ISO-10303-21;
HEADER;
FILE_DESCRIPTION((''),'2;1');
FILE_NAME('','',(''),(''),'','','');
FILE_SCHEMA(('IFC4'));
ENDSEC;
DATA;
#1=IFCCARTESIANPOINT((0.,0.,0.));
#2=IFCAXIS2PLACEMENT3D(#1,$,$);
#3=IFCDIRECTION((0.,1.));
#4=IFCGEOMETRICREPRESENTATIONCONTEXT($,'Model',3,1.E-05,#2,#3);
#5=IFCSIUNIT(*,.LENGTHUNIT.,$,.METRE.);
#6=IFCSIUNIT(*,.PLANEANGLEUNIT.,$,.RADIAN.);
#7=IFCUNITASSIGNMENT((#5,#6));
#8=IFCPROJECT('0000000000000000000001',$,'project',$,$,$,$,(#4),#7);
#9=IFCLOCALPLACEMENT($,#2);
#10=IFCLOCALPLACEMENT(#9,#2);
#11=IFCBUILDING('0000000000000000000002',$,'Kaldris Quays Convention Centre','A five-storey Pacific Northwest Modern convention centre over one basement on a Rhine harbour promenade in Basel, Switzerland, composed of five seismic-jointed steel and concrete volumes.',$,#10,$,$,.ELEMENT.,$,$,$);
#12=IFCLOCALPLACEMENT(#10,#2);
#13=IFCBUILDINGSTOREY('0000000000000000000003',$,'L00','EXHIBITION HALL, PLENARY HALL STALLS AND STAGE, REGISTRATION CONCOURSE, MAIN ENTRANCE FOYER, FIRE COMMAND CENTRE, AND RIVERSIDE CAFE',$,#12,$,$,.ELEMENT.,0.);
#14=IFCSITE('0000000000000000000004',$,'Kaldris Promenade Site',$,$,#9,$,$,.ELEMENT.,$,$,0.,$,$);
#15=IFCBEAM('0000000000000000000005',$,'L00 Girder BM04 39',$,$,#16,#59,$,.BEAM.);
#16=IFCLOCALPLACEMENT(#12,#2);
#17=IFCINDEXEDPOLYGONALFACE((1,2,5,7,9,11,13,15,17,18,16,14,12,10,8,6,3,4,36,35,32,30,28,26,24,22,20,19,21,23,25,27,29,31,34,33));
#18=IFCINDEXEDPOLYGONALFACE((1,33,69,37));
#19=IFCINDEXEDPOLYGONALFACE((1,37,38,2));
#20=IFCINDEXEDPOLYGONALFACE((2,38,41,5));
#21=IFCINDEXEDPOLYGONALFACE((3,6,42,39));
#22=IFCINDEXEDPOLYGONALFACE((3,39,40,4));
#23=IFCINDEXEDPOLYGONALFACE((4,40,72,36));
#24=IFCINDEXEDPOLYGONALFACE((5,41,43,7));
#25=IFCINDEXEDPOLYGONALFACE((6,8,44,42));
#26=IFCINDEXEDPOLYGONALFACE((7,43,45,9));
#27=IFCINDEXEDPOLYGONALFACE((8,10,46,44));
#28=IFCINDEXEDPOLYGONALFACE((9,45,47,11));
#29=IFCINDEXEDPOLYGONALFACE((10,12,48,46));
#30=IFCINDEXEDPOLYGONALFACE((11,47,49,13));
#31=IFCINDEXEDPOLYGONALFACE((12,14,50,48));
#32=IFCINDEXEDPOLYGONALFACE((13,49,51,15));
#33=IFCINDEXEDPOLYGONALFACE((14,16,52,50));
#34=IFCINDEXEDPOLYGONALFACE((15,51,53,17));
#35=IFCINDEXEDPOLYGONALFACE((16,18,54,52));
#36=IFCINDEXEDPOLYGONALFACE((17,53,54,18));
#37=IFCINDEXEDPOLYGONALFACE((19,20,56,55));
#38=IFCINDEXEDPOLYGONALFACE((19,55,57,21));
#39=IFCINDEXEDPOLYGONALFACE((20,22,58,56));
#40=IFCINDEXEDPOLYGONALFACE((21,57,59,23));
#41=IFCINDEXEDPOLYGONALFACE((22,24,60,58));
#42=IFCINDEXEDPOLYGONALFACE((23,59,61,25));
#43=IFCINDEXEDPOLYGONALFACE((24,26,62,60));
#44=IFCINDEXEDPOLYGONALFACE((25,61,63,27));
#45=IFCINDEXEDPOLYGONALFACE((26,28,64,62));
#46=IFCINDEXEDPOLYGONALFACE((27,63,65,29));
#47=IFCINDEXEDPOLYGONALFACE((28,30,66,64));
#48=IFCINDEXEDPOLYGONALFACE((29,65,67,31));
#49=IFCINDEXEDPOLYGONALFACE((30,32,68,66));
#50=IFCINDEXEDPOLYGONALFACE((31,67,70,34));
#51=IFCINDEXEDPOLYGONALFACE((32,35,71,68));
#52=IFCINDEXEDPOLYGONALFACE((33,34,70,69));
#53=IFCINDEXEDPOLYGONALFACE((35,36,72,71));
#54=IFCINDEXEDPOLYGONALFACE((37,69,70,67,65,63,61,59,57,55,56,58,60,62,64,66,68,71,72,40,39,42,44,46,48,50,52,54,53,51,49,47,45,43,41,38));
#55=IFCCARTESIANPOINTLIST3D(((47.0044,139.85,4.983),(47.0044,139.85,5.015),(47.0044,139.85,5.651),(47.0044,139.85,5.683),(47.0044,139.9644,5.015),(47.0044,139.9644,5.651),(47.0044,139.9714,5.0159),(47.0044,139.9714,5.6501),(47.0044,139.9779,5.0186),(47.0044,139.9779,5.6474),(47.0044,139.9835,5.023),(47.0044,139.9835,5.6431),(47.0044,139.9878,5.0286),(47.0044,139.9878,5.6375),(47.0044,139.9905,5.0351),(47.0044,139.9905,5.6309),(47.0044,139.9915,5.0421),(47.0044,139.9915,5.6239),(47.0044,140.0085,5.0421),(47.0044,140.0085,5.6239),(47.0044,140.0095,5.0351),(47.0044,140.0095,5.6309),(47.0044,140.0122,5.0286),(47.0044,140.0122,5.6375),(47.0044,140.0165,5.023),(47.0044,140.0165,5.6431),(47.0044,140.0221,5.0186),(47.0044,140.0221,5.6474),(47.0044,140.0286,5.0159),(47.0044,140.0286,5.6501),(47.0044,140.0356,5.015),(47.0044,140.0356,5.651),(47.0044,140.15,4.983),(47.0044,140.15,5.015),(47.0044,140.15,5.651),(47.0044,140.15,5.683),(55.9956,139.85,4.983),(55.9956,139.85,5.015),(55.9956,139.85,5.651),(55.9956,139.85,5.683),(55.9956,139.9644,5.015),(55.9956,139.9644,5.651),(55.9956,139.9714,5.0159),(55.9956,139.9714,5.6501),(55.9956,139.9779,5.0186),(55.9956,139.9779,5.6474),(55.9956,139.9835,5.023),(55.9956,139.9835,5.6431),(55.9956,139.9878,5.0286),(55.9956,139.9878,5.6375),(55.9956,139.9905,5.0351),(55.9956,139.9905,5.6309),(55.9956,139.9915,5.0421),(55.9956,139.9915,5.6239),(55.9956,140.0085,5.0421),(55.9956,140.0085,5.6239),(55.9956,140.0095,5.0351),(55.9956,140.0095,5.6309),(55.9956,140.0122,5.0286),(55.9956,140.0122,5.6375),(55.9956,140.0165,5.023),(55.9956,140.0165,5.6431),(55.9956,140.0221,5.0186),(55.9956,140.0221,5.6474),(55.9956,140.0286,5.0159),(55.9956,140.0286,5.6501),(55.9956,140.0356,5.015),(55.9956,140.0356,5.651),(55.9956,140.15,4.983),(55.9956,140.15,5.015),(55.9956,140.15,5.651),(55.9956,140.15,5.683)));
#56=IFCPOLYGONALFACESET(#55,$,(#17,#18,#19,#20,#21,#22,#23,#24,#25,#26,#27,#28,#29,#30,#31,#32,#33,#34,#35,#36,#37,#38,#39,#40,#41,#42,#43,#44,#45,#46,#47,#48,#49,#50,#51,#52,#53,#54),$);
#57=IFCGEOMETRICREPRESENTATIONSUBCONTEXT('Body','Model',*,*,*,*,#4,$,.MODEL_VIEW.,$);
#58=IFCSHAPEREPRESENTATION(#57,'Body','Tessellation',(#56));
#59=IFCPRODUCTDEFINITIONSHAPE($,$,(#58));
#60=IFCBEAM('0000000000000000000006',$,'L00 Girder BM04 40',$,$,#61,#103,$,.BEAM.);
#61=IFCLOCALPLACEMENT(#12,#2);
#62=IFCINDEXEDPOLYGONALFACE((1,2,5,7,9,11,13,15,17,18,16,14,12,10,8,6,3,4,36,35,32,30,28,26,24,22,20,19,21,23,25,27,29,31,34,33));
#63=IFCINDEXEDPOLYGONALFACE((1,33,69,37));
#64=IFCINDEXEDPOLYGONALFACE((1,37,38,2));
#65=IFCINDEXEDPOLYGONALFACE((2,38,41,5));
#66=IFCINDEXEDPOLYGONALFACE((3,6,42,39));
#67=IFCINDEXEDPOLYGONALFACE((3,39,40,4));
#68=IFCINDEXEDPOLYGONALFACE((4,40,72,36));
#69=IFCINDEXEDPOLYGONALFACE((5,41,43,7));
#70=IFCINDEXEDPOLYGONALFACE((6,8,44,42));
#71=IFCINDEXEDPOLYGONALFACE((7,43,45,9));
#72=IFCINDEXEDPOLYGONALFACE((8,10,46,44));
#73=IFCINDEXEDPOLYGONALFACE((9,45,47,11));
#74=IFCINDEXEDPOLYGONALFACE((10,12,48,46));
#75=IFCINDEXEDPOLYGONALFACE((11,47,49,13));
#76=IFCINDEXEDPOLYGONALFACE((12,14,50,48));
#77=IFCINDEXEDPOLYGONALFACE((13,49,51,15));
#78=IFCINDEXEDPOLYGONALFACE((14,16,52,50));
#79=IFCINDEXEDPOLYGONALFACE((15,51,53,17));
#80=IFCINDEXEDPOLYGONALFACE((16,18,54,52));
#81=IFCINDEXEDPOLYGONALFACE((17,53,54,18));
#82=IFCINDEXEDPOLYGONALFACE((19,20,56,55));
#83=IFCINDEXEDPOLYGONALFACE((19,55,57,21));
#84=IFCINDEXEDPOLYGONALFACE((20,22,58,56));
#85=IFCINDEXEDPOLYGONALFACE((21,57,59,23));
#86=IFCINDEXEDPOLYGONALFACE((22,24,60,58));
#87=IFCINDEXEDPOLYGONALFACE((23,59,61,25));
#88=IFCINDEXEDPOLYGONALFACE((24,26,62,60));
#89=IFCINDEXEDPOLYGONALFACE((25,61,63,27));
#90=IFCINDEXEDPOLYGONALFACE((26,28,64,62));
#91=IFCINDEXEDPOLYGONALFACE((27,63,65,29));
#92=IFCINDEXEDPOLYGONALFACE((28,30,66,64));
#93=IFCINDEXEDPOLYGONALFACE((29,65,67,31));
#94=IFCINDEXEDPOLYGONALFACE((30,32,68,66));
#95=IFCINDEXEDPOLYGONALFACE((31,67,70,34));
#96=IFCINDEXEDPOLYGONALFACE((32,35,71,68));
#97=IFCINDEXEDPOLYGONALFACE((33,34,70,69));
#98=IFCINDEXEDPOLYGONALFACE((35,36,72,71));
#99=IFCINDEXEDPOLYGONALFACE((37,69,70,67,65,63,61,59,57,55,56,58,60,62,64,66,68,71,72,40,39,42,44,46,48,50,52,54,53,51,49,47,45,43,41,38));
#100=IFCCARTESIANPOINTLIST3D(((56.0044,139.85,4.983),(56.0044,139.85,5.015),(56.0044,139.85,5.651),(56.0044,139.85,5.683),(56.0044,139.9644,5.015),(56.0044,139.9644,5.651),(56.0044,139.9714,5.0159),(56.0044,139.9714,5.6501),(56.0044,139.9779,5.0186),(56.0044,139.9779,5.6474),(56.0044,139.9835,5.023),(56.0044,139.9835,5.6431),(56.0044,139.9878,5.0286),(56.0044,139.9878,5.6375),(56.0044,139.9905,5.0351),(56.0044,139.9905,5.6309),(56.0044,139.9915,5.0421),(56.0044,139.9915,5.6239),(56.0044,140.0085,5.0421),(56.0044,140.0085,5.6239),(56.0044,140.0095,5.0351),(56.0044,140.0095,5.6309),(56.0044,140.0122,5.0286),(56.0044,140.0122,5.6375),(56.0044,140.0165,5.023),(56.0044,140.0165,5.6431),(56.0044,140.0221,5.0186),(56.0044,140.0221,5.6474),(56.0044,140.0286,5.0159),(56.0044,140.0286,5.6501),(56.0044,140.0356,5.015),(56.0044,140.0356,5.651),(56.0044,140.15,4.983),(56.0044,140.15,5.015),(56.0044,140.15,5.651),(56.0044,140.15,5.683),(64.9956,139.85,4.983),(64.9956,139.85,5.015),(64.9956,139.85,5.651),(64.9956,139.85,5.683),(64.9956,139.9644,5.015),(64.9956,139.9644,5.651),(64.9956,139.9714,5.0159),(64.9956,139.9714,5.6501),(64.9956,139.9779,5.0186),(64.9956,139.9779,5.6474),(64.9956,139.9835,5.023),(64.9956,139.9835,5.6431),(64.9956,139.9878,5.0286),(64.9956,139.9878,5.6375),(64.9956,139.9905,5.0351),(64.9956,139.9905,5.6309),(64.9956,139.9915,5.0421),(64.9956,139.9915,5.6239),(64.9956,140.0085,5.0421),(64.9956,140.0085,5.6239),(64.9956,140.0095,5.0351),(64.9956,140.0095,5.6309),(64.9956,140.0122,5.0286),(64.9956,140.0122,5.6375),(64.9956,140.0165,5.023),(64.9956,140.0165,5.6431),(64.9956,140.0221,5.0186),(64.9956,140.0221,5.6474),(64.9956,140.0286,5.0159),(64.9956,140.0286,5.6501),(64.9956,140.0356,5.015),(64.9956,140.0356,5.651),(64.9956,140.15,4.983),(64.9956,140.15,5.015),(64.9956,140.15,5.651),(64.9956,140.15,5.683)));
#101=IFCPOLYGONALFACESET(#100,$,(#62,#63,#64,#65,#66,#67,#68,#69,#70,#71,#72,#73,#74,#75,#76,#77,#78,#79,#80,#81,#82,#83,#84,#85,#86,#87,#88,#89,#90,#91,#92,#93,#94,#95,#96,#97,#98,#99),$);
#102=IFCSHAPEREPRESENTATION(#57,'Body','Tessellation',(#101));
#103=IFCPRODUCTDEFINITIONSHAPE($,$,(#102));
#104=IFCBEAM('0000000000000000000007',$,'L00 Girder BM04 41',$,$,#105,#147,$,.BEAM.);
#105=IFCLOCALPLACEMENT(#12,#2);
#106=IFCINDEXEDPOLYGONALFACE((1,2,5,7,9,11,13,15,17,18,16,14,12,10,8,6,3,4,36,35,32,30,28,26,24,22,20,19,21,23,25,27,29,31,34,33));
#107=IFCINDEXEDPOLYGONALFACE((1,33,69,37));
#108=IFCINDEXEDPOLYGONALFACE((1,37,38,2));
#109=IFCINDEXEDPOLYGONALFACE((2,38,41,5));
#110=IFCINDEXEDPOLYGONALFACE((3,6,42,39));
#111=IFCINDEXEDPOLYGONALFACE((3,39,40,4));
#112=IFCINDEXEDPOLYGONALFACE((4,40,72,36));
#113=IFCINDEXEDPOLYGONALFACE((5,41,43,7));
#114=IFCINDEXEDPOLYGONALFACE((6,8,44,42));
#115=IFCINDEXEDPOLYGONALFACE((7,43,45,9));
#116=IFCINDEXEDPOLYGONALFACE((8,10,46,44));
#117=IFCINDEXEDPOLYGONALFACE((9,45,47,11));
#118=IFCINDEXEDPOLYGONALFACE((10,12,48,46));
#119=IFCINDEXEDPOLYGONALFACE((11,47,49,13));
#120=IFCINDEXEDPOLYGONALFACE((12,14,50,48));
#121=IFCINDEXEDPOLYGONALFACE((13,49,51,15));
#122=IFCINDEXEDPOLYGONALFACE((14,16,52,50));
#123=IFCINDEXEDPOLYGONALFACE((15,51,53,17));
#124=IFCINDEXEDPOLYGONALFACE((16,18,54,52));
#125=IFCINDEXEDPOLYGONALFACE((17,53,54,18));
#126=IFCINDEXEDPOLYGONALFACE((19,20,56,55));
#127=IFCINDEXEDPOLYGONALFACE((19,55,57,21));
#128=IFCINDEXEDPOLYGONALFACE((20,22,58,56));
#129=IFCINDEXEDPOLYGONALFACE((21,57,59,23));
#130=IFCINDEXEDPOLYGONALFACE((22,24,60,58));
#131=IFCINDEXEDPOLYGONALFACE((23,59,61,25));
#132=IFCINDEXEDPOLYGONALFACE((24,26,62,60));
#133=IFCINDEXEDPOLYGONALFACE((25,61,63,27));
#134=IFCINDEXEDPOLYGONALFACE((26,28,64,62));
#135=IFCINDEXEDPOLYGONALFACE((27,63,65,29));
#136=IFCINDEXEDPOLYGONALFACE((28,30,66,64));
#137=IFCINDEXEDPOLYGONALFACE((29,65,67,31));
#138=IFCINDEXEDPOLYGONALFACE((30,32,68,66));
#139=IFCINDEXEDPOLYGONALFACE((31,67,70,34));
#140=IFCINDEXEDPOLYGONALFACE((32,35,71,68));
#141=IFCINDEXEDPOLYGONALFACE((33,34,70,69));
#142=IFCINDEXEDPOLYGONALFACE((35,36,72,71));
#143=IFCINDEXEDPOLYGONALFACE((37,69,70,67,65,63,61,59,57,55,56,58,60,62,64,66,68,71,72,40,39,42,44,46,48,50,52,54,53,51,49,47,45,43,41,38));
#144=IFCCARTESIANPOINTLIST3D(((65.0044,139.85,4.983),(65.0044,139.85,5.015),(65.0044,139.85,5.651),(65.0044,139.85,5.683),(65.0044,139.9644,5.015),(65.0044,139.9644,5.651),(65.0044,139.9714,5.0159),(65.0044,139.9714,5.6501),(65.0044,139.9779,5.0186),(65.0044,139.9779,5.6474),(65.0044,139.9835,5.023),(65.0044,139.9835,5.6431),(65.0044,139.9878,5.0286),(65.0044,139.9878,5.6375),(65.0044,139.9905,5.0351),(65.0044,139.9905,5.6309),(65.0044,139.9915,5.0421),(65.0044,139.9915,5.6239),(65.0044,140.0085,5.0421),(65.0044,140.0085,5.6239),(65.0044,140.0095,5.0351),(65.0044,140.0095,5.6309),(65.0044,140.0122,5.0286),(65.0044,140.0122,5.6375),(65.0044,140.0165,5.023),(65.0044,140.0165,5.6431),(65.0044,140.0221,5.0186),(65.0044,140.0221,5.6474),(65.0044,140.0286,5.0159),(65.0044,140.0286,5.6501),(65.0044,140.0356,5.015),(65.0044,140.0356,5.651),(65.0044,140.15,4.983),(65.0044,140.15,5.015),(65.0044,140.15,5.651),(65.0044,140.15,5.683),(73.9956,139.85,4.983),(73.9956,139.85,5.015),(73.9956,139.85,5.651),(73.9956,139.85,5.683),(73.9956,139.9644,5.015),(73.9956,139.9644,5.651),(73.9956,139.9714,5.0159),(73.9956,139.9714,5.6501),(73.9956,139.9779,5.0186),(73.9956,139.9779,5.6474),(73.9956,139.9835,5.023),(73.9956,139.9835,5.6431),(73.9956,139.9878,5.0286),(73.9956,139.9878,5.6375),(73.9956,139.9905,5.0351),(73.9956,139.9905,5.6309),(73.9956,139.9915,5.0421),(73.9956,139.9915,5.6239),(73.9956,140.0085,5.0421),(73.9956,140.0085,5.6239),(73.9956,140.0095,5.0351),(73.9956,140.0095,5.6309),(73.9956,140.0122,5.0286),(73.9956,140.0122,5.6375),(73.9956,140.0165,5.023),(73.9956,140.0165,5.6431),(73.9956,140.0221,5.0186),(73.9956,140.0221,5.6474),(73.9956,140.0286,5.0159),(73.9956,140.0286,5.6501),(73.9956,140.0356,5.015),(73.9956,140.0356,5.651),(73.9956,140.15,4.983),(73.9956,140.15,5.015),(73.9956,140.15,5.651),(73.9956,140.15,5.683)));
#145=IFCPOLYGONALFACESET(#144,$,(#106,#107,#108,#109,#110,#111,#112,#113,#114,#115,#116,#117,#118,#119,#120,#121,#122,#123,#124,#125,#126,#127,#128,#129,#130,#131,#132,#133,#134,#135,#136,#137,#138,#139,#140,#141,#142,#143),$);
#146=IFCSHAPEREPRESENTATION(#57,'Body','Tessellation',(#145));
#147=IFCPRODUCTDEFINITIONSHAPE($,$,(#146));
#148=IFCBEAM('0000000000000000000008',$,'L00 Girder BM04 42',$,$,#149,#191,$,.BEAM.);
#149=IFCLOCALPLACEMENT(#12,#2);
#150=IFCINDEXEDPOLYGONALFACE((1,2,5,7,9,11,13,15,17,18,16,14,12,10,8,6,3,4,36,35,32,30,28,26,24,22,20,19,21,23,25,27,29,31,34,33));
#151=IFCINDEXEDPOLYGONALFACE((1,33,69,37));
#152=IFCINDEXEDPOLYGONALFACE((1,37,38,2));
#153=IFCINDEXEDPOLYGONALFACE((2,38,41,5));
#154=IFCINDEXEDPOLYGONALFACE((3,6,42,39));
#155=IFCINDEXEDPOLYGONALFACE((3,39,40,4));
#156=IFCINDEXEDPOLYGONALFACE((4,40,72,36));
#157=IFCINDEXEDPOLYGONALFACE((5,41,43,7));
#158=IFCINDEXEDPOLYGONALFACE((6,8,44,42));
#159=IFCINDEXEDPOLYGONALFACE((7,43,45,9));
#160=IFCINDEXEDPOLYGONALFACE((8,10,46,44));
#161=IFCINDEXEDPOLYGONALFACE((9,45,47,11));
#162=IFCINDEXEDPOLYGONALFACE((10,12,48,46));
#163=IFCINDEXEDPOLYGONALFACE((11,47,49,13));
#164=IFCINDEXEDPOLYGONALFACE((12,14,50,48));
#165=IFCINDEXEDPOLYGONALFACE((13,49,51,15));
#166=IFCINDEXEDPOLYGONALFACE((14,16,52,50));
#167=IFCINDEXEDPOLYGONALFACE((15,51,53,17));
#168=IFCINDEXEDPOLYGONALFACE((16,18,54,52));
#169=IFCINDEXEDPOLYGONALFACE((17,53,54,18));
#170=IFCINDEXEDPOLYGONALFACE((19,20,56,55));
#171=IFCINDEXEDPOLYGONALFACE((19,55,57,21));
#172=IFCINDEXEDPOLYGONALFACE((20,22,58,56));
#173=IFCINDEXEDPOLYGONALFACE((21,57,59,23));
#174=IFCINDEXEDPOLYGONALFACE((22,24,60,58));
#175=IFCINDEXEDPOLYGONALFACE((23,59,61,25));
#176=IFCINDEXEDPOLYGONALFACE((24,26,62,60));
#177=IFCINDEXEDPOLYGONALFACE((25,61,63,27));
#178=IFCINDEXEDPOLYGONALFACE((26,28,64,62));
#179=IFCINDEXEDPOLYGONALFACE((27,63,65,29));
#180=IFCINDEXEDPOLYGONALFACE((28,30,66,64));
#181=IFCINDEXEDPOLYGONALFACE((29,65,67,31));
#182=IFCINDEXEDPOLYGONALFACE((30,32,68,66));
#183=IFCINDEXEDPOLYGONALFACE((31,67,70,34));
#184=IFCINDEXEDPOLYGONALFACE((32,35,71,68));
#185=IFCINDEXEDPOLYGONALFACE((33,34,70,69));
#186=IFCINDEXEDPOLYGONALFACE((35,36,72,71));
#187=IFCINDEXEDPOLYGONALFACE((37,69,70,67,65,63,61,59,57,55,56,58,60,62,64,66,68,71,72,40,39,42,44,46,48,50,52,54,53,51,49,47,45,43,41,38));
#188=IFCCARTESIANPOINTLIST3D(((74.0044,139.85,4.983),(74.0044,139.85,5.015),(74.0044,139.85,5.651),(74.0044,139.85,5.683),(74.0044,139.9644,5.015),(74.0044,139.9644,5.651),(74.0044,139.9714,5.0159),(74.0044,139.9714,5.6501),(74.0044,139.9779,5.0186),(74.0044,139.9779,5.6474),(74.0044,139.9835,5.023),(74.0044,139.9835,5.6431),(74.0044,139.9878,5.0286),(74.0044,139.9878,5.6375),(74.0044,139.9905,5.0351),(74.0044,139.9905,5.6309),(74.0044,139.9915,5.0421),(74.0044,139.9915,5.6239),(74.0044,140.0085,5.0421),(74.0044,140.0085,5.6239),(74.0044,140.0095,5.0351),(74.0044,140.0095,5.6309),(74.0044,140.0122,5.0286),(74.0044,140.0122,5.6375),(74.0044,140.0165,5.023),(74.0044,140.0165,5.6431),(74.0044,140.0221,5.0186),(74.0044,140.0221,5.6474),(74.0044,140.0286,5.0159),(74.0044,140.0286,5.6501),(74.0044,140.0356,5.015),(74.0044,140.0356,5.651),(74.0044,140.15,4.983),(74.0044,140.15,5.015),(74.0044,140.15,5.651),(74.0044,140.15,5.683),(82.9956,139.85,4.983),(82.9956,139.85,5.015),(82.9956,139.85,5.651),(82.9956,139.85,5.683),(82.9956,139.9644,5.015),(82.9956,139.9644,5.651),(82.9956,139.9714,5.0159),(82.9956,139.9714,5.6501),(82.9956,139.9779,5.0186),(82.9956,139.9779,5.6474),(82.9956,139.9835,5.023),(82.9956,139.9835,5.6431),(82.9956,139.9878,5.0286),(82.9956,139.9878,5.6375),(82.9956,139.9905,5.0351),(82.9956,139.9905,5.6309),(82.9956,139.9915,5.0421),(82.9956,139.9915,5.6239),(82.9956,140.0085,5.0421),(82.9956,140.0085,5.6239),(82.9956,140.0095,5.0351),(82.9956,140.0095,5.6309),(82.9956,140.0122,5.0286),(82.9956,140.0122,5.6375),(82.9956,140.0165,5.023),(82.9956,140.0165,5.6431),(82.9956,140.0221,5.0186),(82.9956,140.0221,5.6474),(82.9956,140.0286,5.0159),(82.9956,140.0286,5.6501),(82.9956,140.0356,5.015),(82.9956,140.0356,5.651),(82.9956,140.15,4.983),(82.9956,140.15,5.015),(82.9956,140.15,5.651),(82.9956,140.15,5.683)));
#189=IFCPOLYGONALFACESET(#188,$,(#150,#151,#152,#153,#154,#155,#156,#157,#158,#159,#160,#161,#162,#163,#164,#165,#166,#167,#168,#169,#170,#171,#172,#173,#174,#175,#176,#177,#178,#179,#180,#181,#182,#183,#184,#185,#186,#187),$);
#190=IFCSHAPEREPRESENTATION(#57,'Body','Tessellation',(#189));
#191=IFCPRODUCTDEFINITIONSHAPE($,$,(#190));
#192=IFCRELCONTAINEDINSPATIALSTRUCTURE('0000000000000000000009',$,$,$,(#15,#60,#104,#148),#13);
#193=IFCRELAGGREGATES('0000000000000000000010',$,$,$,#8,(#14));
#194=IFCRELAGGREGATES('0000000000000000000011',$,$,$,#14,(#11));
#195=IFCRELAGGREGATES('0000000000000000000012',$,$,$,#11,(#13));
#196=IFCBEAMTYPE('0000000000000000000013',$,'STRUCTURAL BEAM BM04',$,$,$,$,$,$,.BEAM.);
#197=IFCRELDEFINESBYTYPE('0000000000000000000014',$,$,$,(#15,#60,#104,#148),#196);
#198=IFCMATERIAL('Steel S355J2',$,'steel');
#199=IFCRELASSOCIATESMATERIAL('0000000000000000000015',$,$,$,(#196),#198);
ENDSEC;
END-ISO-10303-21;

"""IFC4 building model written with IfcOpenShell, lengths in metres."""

from ifc_helpers import new_model, si_unit, direction, frame, origin, origin_2d, place, context, subcontext, project, spatial, i_section, extrude, material, material_profile, profile_set, type_object, element, save


model = new_model("IFC4")

# Units and contexts
model_context = context("Model", 3, precision=1e-05, world=origin(), true_north=direction((0.0, 1.0)))
body_context = subcontext(model_context, "Body", "Model", "MODEL_VIEW")
ifc_project = project(units=[si_unit("LENGTHUNIT", "METRE"), si_unit("PLANEANGLEUNIT", "RADIAN")], contexts=[model_context])

# Site, building, storey
site_placement = place(None, origin())
site = spatial("IfcSite", under=ifc_project, at=site_placement, Name="Kaldris Promenade Site", CompositionType="ELEMENT", RefElevation=0.0)
building_placement = place(site_placement, origin())
building = spatial("IfcBuilding", under=site, at=building_placement, Name="Kaldris Quays Convention Centre", Description="A five-storey Pacific Northwest Modern convention centre over one basement on a Rhine harbour promenade in Basel, Switzerland, composed of five seismic-jointed steel and concrete volumes.", CompositionType="ELEMENT")
storey_placement = place(building_placement, origin())
storey = spatial("IfcBuildingStorey", under=building, at=storey_placement, Name="L00", Description="EXHIBITION HALL, PLENARY HALL STALLS AND STAGE, REGISTRATION CONCOURSE, MAIN ENTRANCE FOYER, FIRE COMMAND CENTRE, AND RIVERSIDE CAFE", CompositionType="ELEMENT", Elevation=0.0)

# Shared definitions
ifc_material_1 = material(Name="Steel S355J2", Category="steel")

# Beams
ifc_material_profile_1 = material_profile(ifc_material_1, i_section(OverallWidth=0.3, OverallDepth=0.7, WebThickness=0.0171, FlangeThickness=0.032, FilletRadius=0.0271, at=origin_2d()), Name="HEB 700")
ifc_profile_set_1 = profile_set([ifc_material_profile_1], Name="Steel S355J2")
beam_type_1 = type_object("IfcBeamType", Name="STRUCTURAL BEAM BM04", PredefinedType="BEAM", material=ifc_profile_set_1)
for number, where, z_axis, x_axis, name in (
    (1, (47.0044, 140.0, 5.333), (1.0, 0.0, 0.0), (0.0, 1.0, 0.0), "L00 Girder BM04 39"),
    (2, (56.0044, 140.0, 5.333), (1.0, 0.0, 0.0), (0.0, 1.0, 0.0), "L00 Girder BM04 40"),
    (3, (65.0044, 140.0, 5.333), (1.0, 0.0, 0.0), (0.0, 1.0, 0.0), "L00 Girder BM04 41"),
    (4, (74.0044, 140.0, 5.333), (1.0, 0.0, 0.0), (0.0, 1.0, 0.0), "L00 Girder BM04 42"),
):
    element("IfcBeam", number, at=place(storey_placement, frame(where, z_axis=z_axis, x_axis=x_axis)), inside=storey, type_object=beam_type_1, Name=name, PredefinedType="BEAM", context=body_context, shape_type="SweptSolid", body=[
        extrude(i_section(OverallWidth=0.3, OverallDepth=0.7, WebThickness=0.0171, FlangeThickness=0.032, FilletRadius=0.0271, at=origin_2d()), origin(), (0.0, 0.0, 1.0), 8.9912),
    ])

save(model, "model.ifc")
